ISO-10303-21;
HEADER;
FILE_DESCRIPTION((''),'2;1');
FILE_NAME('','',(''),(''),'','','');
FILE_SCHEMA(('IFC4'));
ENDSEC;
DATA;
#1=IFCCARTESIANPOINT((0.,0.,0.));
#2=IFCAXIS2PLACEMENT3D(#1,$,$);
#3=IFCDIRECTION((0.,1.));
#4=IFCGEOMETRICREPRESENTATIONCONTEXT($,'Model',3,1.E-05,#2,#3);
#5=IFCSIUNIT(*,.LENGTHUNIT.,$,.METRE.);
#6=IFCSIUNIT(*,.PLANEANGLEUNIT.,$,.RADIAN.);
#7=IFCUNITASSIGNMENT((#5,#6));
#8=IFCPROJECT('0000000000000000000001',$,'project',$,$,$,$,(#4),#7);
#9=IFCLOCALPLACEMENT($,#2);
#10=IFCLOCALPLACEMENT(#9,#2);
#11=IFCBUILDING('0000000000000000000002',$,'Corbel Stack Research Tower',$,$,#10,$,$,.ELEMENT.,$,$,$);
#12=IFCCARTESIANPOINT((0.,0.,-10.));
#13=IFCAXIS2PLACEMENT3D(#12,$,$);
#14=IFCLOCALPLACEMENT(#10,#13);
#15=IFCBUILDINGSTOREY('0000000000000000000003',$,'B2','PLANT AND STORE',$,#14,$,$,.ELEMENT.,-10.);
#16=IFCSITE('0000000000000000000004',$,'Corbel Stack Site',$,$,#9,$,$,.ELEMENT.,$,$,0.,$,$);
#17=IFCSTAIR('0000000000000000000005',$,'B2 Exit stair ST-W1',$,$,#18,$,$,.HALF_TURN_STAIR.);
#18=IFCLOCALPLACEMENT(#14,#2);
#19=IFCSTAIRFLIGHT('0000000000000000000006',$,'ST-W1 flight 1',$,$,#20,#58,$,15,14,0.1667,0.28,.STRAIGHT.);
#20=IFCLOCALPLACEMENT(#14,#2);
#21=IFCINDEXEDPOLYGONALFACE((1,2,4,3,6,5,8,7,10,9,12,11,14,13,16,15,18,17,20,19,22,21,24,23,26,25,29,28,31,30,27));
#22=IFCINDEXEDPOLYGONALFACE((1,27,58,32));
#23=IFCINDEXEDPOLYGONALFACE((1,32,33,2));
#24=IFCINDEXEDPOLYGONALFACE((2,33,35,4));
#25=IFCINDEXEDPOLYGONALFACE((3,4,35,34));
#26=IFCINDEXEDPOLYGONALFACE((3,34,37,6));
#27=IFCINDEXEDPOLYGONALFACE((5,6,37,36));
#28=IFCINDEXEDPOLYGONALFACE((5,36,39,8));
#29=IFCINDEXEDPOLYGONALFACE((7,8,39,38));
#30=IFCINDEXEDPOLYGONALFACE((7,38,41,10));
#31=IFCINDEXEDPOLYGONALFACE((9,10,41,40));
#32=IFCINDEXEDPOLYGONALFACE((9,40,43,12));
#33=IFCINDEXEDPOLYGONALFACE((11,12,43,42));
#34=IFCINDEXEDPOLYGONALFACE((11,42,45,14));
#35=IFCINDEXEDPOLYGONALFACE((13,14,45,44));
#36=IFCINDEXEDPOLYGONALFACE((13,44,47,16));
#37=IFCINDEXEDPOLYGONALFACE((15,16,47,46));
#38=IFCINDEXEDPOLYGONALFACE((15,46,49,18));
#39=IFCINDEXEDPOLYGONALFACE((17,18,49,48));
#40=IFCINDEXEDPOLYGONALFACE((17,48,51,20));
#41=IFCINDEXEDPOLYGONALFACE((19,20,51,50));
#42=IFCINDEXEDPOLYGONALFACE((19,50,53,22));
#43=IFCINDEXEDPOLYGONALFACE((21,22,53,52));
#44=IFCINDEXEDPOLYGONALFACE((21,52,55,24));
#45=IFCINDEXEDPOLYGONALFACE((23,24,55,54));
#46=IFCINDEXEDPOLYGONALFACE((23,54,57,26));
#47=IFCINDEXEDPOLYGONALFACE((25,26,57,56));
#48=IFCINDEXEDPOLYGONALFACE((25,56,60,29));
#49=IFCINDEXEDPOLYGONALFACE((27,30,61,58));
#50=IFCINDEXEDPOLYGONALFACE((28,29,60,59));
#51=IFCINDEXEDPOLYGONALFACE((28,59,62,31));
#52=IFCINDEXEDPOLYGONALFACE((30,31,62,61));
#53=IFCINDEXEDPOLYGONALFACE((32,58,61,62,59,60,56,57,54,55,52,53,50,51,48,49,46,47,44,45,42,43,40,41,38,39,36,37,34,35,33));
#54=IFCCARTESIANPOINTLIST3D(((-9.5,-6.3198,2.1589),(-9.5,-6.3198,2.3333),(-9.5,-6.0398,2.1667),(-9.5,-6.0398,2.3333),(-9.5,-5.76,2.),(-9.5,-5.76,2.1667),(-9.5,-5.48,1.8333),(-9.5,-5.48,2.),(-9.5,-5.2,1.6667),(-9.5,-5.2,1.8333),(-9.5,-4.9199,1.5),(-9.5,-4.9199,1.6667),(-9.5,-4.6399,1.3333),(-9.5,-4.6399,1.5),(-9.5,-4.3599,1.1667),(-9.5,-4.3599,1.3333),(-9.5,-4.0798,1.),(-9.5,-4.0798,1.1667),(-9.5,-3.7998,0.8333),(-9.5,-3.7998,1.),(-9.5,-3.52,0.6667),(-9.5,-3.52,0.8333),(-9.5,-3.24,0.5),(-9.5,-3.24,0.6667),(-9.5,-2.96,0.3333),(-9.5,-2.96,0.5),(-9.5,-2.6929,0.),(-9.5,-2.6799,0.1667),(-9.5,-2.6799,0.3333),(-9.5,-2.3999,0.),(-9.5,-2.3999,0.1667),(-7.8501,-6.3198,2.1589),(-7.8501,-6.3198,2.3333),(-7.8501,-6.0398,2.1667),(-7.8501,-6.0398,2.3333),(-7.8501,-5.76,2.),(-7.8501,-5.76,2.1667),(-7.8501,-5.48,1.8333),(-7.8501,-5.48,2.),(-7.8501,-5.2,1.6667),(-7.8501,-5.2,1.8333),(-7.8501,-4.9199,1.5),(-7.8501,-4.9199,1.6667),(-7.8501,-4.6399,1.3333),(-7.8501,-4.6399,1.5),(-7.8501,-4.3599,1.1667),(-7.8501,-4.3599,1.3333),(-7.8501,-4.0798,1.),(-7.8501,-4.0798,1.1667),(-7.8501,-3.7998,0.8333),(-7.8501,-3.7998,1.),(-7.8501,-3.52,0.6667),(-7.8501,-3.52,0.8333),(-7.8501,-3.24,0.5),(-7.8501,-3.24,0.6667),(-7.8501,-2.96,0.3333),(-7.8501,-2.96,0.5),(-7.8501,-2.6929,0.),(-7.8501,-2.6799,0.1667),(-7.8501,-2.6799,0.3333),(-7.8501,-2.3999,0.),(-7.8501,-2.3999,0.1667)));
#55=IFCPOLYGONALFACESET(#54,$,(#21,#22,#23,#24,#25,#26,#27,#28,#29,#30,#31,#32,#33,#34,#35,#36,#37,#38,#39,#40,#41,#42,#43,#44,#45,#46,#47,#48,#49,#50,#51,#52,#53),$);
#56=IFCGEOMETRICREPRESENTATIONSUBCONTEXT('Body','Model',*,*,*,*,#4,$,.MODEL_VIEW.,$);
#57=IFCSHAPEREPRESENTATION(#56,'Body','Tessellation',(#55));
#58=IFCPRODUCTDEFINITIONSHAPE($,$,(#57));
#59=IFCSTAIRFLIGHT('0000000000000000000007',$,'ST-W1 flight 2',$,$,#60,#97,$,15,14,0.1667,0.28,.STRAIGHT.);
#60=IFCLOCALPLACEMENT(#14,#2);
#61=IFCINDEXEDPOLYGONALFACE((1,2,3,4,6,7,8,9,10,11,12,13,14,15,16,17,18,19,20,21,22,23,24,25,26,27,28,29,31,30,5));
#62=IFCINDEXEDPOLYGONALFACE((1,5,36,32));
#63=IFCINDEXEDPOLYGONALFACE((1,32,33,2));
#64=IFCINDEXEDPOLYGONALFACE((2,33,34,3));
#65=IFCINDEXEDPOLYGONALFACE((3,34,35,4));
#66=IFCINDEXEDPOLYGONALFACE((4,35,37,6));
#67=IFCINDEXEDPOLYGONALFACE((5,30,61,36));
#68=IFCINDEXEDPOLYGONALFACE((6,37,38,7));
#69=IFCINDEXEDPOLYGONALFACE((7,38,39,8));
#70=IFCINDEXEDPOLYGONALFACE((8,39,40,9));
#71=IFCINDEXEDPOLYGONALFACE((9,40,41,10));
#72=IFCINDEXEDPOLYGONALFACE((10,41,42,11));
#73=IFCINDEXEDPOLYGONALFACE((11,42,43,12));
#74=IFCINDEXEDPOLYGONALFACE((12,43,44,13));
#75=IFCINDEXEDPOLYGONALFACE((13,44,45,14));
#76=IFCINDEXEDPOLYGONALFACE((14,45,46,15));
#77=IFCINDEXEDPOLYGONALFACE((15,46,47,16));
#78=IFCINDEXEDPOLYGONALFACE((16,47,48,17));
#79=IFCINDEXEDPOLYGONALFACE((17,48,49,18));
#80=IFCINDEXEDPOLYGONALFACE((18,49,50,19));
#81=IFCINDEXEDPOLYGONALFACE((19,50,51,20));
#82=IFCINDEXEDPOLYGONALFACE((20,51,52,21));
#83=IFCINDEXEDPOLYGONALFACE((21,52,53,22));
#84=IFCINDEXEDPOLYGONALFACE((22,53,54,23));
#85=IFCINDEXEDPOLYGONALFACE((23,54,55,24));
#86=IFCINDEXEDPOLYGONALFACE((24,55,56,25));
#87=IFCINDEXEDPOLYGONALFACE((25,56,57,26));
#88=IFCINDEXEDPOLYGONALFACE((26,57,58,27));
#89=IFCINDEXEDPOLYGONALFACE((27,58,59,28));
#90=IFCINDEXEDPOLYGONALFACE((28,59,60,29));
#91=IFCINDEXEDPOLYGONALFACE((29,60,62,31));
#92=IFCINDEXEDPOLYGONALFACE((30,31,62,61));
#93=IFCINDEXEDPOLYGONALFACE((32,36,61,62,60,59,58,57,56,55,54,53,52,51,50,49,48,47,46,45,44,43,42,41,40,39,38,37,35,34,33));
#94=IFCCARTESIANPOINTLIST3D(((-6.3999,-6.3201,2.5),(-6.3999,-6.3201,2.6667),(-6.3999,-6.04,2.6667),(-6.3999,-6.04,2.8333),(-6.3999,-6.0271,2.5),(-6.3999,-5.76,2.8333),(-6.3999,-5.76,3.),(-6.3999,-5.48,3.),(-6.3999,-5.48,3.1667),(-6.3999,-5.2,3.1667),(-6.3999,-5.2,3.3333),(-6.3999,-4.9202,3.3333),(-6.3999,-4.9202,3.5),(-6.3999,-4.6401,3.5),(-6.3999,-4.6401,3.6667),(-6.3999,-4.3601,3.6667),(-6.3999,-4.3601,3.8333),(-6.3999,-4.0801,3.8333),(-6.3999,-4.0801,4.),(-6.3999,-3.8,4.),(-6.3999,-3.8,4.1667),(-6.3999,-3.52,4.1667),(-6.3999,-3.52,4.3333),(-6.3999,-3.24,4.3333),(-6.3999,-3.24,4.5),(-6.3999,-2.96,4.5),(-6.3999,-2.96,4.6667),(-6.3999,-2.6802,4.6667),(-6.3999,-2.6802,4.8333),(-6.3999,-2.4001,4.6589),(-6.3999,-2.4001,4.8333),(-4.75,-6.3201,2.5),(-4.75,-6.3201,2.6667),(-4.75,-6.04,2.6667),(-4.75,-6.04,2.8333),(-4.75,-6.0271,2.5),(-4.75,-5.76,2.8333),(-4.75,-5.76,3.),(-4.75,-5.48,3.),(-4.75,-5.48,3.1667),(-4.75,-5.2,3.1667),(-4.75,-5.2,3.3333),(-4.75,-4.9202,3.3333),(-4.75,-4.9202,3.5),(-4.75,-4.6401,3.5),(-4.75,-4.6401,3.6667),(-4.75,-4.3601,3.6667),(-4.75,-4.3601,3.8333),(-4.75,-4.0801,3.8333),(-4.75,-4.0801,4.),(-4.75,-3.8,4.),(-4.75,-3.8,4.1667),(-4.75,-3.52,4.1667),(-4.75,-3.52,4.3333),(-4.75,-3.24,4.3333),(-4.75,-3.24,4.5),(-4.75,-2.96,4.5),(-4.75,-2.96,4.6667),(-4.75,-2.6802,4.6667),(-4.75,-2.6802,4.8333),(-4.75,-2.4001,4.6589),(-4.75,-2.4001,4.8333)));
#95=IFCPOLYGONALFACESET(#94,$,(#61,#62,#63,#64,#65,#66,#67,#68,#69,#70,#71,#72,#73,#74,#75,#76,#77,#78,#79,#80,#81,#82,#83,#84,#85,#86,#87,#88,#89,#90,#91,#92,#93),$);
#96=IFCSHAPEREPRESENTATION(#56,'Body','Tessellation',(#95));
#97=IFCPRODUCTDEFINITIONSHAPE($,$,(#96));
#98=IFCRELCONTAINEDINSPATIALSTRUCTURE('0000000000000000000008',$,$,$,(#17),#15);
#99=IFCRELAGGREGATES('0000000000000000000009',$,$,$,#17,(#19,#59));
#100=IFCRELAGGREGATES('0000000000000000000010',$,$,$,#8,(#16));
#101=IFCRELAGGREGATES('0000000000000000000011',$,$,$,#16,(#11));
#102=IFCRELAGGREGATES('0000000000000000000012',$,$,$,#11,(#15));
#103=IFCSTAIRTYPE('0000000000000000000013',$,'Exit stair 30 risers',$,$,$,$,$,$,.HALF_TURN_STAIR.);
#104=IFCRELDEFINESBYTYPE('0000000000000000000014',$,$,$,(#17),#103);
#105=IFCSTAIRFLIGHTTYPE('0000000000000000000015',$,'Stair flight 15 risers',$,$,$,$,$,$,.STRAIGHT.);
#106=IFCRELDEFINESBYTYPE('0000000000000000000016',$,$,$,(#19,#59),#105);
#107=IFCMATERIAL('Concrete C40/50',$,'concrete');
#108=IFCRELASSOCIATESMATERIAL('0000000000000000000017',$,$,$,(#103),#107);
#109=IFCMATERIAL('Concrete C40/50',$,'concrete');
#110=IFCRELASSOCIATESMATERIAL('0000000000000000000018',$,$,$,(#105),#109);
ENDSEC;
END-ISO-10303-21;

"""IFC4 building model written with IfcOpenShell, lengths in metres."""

from ifc_helpers import new_model, si_unit, direction, frame, origin, place, context, subcontext, project, spatial, polyline, outline, extrude, material, type_object, element, aggregate, save


model = new_model("IFC4")

# Units and contexts
model_context = context("Model", 3, precision=1e-05, world=origin(), true_north=direction((0.0, 1.0)))
body_context = subcontext(model_context, "Body", "Model", "MODEL_VIEW")
ifc_project = project(units=[si_unit("LENGTHUNIT", "METRE"), si_unit("PLANEANGLEUNIT", "RADIAN")], contexts=[model_context])

# Site, building, storey
site_placement = place(None, origin())
site = spatial("IfcSite", under=ifc_project, at=site_placement, Name="Corbel Stack Site", CompositionType="ELEMENT", RefElevation=0.0)
building_placement = place(site_placement, origin())
building = spatial("IfcBuilding", under=site, at=building_placement, Name="Corbel Stack Research Tower", CompositionType="ELEMENT")
storey_placement = place(building_placement, frame((0.0, 0.0, -10.0)))
storey = spatial("IfcBuildingStorey", under=building, at=storey_placement, Name="B2", Description="PLANT AND STORE", CompositionType="ELEMENT", Elevation=-10.0)

# Stair, stair flights
ifc_material_1 = material(Name="Concrete C40/50", Category="concrete")
stair_type = type_object("IfcStairType", Name="Exit stair 30 risers", PredefinedType="HALF_TURN_STAIR", material=ifc_material_1)
stair_placement = place(storey_placement, origin())
stair = element("IfcStair", 1, at=stair_placement, inside=storey, type_object=stair_type, Name="B2 Exit stair ST-W1", PredefinedType="HALF_TURN_STAIR")
ifc_material_2 = material(Name="Concrete C40/50", Category="concrete")
stair_flight_type = type_object("IfcStairFlightType", Name="Stair flight 15 risers", PredefinedType="STRAIGHT", material=ifc_material_2)
stair_flight_1_placement = place(storey_placement, frame((-8.675, -2.3999, 0.0), z_axis=(0.0, 0.0, 1.0), x_axis=(0.0, -1.0, 0.0)))
stair_flight_1 = element("IfcStairFlight", 2, at=stair_flight_1_placement, type_object=stair_flight_type, Name="ST-W1 flight 1", NumberOfRisers=15, NumberOfTreads=14, PredefinedType="STRAIGHT", RiserHeight=0.1667, TreadLength=0.28, context=body_context, shape_type="SweptSolid", body=[
    extrude(outline(polyline([(0.0, 0.0), (0.0, 0.1667), (0.28, 0.1667), (0.28, 0.3333), (0.5601, 0.3333), (0.5601, 0.5), (0.8401, 0.5), (0.8401, 0.6667), (1.1201, 0.6667), (1.1201, 0.8333), (1.3999, 0.8333), (1.3999, 1.0), (1.6799, 1.0), (1.6799, 1.1667), (1.96, 1.1667), (1.96, 1.3333), (2.24, 1.3333), (2.24, 1.5), (2.52, 1.5), (2.52, 1.6667), (2.8, 1.6667), (2.8, 1.8333), (3.0801, 1.8333), (3.0801, 2.0), (3.3601, 2.0), (3.3601, 2.1667), (3.6399, 2.1667), (3.6399, 2.3333), (3.9199, 2.3333), (3.9199, 2.5), (3.9199, 2.1589), (0.293, 0.0), (0.0, 0.0)])), frame((0.0, 0.825, 0.0), z_axis=(0.0, -1.0, 0.0), x_axis=(1.0, 0.0, 0.0)), (0.0, 0.0, 1.0), 1.6499),
])
stair_flight_2_placement = place(storey_placement, frame((-5.575, -6.3201, 2.5), z_axis=(0.0, 0.0, 1.0), x_axis=(0.0, 1.0, 0.0)))
stair_flight_2 = element("IfcStairFlight", 3, at=stair_flight_2_placement, type_object=stair_flight_type, Name="ST-W1 flight 2", NumberOfRisers=15, NumberOfTreads=14, PredefinedType="STRAIGHT", RiserHeight=0.1667, TreadLength=0.28, context=body_context, shape_type="SweptSolid", body=[
    extrude(outline(polyline([(0.0, 0.0), (0.0, 0.1667), (0.28, 0.1667), (0.28, 0.3333), (0.5601, 0.3333), (0.5601, 0.5), (0.8401, 0.5), (0.8401, 0.6667), (1.1201, 0.6667), (1.1201, 0.8333), (1.3999, 0.8333), (1.3999, 1.0), (1.6799, 1.0), (1.6799, 1.1667), (1.96, 1.1667), (1.96, 1.3333), (2.24, 1.3333), (2.24, 1.5), (2.52, 1.5), (2.52, 1.6667), (2.8, 1.6667), (2.8, 1.8333), (3.0801, 1.8333), (3.0801, 2.0), (3.3601, 2.0), (3.3601, 2.1667), (3.6399, 2.1667), (3.6399, 2.3333), (3.9199, 2.3333), (3.9199, 2.5), (3.9199, 2.1589), (0.293, 0.0), (0.0, 0.0)])), frame((0.0, 0.825, 0.0), z_axis=(0.0, -1.0, 0.0), x_axis=(1.0, 0.0, 0.0)), (0.0, 0.0, 1.0), 1.6499),
])
aggregate(stair, [stair_flight_1, stair_flight_2])

save(model, "model.ifc")
